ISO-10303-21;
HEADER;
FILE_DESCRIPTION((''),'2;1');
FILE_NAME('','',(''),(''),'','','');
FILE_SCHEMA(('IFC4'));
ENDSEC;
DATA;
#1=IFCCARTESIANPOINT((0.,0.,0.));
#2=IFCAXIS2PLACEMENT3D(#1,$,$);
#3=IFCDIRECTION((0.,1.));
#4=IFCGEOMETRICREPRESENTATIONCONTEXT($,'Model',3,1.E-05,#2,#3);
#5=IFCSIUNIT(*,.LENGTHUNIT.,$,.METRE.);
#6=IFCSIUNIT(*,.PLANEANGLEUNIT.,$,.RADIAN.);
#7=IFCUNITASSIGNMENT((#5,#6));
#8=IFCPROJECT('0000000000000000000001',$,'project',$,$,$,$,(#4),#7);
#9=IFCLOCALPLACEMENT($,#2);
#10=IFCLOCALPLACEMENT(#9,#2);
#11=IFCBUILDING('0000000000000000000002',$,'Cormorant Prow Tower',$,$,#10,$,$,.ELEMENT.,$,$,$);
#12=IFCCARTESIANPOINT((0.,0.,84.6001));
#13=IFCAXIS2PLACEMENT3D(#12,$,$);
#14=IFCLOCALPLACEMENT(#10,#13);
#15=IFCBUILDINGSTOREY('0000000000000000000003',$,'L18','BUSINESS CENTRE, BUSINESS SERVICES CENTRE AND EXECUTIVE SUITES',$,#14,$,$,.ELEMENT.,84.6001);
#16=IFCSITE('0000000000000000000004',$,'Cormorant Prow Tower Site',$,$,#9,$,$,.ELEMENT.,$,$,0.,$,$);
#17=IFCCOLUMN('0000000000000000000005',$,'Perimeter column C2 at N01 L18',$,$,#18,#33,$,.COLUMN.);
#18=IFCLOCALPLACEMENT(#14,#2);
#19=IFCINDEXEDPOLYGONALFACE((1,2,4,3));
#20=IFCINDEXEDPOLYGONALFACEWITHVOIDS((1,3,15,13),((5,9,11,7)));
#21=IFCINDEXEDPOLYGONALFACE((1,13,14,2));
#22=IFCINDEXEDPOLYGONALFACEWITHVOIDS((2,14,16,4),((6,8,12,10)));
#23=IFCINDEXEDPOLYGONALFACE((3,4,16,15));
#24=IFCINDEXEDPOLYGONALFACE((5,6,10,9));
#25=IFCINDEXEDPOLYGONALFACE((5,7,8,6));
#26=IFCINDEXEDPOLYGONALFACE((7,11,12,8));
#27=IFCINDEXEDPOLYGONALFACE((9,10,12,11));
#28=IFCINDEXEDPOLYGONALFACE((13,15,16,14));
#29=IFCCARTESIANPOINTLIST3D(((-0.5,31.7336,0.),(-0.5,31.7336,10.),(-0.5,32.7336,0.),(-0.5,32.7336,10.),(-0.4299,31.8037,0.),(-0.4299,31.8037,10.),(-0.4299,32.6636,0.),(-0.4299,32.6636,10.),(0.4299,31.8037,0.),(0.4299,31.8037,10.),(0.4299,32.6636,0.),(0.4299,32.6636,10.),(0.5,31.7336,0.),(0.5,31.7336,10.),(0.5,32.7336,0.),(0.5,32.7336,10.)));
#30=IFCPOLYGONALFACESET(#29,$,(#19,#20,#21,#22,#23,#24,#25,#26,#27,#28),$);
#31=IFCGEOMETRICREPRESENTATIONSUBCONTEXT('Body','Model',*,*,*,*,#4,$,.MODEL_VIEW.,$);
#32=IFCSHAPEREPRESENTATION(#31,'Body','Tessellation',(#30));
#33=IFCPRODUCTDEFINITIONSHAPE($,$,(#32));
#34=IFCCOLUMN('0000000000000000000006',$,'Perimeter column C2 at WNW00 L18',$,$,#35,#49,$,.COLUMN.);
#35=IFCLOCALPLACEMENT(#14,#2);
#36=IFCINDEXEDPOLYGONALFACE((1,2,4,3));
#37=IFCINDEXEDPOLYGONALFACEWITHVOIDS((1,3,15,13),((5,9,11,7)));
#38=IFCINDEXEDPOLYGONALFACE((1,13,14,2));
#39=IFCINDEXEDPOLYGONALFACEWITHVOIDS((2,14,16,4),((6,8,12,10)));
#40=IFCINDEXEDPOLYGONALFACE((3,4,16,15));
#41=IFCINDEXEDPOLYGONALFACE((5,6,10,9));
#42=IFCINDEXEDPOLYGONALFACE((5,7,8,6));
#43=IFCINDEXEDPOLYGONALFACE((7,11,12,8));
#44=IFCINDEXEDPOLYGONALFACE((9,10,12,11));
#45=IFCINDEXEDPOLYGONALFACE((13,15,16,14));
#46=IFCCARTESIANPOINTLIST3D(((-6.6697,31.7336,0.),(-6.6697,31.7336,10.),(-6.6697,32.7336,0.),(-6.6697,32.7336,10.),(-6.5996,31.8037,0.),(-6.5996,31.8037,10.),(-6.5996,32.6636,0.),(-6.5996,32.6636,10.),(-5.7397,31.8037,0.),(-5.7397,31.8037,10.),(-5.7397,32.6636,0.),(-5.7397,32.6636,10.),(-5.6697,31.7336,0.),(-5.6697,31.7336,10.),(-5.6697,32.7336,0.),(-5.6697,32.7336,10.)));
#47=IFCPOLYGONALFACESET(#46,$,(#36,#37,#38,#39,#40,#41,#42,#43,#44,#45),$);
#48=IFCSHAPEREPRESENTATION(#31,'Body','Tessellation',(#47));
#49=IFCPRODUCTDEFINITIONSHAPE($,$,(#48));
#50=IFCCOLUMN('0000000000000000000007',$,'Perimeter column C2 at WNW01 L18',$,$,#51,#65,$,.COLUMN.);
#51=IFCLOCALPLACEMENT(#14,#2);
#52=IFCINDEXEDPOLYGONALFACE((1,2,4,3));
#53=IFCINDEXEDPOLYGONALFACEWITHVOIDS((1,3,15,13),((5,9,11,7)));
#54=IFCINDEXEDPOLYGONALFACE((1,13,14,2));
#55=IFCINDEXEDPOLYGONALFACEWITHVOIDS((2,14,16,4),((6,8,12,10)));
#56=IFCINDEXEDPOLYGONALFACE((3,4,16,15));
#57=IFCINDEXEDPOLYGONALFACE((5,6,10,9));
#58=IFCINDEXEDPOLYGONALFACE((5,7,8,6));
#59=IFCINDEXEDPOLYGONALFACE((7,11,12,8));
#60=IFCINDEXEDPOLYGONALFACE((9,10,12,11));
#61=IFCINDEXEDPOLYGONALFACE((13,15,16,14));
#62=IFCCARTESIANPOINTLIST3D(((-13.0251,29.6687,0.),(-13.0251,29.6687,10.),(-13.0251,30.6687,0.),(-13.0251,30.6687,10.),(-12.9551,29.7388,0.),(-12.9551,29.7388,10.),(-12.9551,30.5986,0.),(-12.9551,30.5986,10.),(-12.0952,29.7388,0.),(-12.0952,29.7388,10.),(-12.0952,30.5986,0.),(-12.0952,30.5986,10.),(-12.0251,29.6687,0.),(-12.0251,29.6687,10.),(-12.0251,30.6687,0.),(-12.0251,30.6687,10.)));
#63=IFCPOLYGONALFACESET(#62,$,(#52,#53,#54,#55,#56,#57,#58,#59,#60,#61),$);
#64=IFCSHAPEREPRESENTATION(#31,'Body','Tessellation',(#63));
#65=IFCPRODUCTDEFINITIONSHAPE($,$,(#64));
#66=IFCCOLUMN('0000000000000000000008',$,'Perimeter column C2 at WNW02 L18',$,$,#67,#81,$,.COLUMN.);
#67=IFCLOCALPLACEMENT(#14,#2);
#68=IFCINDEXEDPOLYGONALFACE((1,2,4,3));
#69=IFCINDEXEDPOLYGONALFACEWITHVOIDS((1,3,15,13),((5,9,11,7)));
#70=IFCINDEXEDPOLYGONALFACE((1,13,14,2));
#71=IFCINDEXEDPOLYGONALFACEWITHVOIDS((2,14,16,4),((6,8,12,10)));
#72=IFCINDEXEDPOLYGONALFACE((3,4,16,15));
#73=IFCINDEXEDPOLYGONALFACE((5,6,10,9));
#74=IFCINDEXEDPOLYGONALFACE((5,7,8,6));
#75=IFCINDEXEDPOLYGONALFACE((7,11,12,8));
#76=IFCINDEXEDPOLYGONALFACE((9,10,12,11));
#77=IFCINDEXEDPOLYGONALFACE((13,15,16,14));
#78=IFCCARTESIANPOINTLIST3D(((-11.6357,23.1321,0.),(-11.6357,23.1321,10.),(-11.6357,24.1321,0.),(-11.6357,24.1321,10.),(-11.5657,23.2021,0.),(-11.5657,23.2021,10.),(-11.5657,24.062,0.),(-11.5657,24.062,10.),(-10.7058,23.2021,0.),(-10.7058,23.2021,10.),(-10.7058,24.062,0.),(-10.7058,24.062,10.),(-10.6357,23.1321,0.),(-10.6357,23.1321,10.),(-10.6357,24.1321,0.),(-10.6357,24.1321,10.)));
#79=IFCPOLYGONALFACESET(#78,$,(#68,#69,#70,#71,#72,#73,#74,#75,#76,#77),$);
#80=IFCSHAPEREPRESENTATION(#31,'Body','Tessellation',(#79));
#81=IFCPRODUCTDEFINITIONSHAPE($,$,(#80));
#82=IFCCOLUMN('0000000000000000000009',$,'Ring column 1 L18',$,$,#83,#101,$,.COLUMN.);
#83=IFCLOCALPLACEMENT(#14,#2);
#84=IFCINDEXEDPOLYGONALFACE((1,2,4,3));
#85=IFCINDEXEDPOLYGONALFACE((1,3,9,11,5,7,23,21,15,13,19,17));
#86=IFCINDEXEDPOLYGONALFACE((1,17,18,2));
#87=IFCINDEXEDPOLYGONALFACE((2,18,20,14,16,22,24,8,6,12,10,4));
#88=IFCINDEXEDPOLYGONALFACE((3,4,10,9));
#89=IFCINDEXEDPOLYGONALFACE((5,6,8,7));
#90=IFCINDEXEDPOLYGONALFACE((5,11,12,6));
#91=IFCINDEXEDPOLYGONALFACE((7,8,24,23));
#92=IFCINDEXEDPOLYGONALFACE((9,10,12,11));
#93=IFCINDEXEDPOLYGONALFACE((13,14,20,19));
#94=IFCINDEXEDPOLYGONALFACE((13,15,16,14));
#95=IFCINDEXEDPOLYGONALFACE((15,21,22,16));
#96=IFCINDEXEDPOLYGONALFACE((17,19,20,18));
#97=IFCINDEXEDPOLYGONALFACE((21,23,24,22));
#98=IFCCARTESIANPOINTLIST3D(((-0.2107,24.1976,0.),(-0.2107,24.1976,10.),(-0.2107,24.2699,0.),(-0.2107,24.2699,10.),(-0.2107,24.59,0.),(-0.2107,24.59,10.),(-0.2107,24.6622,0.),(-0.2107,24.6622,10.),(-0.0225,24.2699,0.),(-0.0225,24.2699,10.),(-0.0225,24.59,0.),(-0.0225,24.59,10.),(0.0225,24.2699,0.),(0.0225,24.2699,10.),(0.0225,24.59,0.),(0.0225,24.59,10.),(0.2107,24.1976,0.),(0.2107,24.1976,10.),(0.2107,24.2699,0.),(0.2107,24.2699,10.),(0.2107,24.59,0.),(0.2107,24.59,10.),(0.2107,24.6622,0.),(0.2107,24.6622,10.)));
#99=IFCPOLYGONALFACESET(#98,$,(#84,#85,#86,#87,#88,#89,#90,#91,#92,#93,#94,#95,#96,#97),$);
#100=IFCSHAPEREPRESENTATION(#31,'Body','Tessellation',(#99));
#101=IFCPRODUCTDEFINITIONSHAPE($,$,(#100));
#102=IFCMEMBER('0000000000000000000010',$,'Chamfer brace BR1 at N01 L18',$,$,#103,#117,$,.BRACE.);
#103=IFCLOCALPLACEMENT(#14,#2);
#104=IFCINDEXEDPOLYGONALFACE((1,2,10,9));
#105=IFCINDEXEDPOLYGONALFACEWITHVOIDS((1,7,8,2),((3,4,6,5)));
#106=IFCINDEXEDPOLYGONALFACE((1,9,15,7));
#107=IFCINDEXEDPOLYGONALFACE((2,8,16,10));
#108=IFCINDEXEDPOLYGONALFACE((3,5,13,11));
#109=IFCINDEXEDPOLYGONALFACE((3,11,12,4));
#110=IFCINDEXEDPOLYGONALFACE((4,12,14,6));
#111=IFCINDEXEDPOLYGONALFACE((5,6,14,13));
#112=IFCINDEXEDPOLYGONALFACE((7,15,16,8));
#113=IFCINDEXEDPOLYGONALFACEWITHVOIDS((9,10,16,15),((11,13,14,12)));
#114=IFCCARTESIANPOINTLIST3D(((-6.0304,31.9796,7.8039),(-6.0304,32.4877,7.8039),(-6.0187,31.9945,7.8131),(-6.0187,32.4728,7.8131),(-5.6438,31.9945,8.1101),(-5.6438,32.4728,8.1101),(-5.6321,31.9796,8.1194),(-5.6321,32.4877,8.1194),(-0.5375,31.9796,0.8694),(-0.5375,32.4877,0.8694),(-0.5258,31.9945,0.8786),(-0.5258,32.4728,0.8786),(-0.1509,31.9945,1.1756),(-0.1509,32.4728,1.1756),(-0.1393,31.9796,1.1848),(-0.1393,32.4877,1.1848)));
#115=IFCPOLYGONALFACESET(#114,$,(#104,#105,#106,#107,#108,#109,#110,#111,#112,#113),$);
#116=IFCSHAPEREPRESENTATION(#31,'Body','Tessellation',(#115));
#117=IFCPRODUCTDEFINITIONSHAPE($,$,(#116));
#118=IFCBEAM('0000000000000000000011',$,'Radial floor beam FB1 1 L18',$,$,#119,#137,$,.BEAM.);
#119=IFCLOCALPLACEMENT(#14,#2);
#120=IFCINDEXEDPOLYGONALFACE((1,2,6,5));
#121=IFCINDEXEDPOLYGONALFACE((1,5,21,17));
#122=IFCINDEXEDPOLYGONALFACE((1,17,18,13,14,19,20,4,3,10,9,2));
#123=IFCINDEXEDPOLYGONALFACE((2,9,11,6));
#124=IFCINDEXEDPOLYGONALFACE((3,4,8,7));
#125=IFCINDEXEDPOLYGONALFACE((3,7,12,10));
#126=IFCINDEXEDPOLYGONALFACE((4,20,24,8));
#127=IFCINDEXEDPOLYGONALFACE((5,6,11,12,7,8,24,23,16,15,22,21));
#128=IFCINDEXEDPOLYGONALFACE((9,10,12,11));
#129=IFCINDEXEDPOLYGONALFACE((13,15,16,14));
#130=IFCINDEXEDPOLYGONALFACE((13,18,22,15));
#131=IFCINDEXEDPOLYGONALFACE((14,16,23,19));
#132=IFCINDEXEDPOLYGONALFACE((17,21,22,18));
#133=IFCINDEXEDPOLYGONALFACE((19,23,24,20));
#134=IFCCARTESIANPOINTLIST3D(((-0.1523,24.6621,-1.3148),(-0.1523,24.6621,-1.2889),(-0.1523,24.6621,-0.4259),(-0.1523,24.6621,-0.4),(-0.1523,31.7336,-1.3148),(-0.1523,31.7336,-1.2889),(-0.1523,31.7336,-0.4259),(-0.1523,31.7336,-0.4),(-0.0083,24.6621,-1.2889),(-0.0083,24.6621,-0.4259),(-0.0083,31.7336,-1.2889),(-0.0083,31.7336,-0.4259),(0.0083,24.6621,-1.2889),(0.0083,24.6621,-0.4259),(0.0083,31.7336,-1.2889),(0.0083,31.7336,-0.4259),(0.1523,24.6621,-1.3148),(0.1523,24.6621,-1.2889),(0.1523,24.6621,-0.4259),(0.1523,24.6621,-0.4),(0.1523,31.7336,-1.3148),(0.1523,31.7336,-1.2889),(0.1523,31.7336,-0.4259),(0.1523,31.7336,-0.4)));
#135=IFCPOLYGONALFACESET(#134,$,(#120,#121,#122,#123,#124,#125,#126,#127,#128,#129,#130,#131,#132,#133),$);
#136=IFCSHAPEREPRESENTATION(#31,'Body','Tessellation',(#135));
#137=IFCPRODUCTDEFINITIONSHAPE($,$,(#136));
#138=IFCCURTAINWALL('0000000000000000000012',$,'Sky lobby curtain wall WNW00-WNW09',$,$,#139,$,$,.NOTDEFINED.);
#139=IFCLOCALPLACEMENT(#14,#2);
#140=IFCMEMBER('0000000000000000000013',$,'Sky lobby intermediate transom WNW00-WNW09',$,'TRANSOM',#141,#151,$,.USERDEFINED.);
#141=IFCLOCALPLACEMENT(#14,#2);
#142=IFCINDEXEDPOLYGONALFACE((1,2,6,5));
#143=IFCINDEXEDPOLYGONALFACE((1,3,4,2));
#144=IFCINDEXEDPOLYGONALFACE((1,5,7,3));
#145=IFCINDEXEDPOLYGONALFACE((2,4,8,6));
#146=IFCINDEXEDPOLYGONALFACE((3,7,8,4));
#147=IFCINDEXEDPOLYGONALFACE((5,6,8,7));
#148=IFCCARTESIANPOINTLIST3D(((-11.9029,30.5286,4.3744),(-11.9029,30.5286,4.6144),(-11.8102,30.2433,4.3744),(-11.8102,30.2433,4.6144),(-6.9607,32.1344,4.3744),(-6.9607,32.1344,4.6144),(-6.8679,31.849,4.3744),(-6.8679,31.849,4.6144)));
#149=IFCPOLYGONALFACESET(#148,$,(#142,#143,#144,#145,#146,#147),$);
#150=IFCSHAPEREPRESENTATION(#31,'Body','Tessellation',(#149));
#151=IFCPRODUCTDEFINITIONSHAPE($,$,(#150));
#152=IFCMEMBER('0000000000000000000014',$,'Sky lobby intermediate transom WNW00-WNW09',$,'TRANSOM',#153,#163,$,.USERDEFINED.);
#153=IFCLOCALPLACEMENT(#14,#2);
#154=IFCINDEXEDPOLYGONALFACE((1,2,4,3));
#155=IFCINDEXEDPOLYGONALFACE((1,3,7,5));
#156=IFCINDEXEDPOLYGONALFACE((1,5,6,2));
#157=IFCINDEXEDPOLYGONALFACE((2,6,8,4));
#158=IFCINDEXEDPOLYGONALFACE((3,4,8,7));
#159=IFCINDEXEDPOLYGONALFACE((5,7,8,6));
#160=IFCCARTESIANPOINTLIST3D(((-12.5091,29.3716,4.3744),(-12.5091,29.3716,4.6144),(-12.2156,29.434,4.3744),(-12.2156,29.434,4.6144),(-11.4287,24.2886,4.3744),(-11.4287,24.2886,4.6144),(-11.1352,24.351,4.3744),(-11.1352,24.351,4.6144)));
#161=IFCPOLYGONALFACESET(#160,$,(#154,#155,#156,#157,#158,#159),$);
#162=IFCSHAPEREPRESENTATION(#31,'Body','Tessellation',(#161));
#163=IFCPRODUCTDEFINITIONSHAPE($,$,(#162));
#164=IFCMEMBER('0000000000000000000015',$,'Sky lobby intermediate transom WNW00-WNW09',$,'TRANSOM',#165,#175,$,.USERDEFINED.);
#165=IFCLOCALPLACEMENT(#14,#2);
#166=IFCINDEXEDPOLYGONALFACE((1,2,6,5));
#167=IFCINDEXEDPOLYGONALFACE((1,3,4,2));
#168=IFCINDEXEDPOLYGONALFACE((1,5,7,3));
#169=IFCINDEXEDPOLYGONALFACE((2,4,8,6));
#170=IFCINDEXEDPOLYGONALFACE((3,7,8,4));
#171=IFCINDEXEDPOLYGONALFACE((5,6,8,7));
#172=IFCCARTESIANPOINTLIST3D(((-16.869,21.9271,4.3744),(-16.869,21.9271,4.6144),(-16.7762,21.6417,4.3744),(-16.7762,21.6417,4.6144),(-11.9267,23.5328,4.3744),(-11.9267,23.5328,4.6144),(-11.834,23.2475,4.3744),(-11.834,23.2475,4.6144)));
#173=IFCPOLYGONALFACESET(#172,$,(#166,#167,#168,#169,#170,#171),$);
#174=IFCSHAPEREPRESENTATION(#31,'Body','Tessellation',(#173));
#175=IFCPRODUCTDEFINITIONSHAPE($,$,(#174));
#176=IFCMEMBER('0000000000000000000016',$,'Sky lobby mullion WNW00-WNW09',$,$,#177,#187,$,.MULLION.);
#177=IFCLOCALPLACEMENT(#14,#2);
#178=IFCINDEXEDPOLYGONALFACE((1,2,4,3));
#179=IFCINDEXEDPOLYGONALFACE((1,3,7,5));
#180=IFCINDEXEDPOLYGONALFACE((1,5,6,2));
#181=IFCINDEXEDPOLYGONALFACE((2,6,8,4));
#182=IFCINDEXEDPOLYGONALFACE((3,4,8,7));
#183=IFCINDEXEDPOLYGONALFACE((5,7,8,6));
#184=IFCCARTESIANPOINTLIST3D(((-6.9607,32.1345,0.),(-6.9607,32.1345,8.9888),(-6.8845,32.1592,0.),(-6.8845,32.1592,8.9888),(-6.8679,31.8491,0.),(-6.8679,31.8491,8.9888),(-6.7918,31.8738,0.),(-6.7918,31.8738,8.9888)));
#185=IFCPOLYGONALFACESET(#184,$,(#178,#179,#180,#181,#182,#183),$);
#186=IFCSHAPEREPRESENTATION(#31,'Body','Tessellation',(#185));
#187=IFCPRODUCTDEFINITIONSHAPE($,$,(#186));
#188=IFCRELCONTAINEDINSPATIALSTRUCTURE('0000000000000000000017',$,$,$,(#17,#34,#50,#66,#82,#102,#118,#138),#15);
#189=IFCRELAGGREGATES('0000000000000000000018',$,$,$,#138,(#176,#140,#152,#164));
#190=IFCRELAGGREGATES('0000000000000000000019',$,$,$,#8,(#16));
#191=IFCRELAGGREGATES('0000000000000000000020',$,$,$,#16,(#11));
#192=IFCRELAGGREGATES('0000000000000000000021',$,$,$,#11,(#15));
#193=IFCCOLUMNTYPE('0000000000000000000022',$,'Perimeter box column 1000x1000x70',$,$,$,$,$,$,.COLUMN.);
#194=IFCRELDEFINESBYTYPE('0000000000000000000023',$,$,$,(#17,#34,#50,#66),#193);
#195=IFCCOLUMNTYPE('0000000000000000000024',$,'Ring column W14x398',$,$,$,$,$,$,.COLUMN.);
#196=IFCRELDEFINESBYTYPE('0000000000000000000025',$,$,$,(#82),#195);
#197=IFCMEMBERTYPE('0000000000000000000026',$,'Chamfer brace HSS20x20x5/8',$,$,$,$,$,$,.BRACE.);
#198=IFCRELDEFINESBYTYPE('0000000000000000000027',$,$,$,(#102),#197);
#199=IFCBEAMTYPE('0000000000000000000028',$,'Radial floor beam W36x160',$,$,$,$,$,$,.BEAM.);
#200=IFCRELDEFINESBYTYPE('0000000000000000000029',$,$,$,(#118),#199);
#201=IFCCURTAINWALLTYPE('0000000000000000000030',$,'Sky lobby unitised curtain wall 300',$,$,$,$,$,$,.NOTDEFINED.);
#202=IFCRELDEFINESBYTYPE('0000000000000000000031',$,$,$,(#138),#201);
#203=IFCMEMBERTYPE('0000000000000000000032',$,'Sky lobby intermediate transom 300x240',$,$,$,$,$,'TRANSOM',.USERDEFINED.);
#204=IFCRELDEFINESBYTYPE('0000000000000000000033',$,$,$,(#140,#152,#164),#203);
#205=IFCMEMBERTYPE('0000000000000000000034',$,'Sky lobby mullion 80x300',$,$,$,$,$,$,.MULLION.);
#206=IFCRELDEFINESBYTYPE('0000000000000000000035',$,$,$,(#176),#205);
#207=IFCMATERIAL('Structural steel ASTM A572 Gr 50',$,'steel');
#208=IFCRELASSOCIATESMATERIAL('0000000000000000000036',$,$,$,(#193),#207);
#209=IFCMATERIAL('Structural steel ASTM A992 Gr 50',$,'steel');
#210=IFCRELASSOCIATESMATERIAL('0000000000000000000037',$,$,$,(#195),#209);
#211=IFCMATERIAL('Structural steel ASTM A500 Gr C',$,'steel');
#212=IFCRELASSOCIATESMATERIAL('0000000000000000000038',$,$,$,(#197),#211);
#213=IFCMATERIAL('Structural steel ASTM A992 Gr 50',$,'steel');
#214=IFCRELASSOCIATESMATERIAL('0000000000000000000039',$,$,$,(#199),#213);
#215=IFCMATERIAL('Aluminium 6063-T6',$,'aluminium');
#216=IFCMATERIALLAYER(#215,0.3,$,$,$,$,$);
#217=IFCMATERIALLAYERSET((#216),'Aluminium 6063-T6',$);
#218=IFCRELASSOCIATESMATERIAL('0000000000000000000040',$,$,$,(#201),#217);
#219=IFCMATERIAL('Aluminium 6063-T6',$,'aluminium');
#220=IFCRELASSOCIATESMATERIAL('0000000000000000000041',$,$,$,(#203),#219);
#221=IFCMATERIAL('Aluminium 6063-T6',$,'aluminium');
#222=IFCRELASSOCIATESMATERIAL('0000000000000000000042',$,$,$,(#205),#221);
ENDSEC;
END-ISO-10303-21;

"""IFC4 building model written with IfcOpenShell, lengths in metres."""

from ifc_helpers import new_model, si_unit, direction, frame, origin, origin_2d, place, context, subcontext, project, spatial, rectangle, hollow_rectangle, i_section, extrude, material, layer, layer_set, material_profile, profile_set, type_object, element, aggregate, save


model = new_model("IFC4")

# Units and contexts
model_context = context("Model", 3, precision=1e-05, world=origin(), true_north=direction((0.0, 1.0)))
body_context = subcontext(model_context, "Body", "Model", "MODEL_VIEW")
ifc_project = project(units=[si_unit("LENGTHUNIT", "METRE"), si_unit("PLANEANGLEUNIT", "RADIAN")], contexts=[model_context])

# Site, building, storey
site_placement = place(None, origin())
site = spatial("IfcSite", under=ifc_project, at=site_placement, Name="Cormorant Prow Tower Site", CompositionType="ELEMENT", RefElevation=0.0)
building_placement = place(site_placement, origin())
building = spatial("IfcBuilding", under=site, at=building_placement, Name="Cormorant Prow Tower", CompositionType="ELEMENT")
storey_placement = place(building_placement, frame((0.0, 0.0, 84.6001)))
storey = spatial("IfcBuildingStorey", under=building, at=storey_placement, Name="L18", Description="BUSINESS CENTRE, BUSINESS SERVICES CENTRE AND EXECUTIVE SUITES", CompositionType="ELEMENT", Elevation=84.6001)

# Columns
ifc_material_1 = material(Name="Structural steel ASTM A572 Gr 50", Category="steel")
ifc_material_profile_1 = material_profile(ifc_material_1, hollow_rectangle(XDim=1.0, YDim=1.0, WallThickness=0.0701, at=origin_2d()), Name="Box 1000x1000x70")
ifc_profile_set_1 = profile_set([ifc_material_profile_1], Name="Structural steel ASTM A572 Gr 50")
column_type_1 = type_object("IfcColumnType", Name="Perimeter box column 1000x1000x70", PredefinedType="COLUMN", material=ifc_profile_set_1)
for number, where, z_axis, x_axis, name in (
    (1, (0.0, 32.2336, 0.0), (0.0, 0.0, 1.0), (1.0, 0.0, 0.0), "Perimeter column C2 at N01 L18"),
    (2, (-6.1697, 32.2336, 0.0), (0.0, 0.0, 1.0), (1.0, 0.0, 0.0), "Perimeter column C2 at WNW00 L18"),
    (3, (-12.5251, 30.1687, 0.0), (0.0, 0.0, 1.0), (1.0, 0.0, 0.0), "Perimeter column C2 at WNW01 L18"),
    (4, (-11.1357, 23.6321, 0.0), (0.0, 0.0, 1.0), (1.0, 0.0, 0.0), "Perimeter column C2 at WNW02 L18"),
):
    element("IfcColumn", number, at=place(storey_placement, frame(where, z_axis=z_axis, x_axis=x_axis)), inside=storey, type_object=column_type_1, Name=name, PredefinedType="COLUMN", context=body_context, shape_type="SweptSolid", body=[
        extrude(hollow_rectangle(XDim=1.0, YDim=1.0, WallThickness=0.0701, at=origin_2d()), origin(), (0.0, 0.0, 1.0), 10.0),
    ])
ifc_material_2 = material(Name="Structural steel ASTM A992 Gr 50", Category="steel")
ifc_material_profile_2 = material_profile(ifc_material_2, i_section(OverallWidth=0.4214, OverallDepth=0.4646, WebThickness=0.0449, FlangeThickness=0.0723, at=origin_2d()), Name="W14x398")
ifc_profile_set_2 = profile_set([ifc_material_profile_2], Name="Structural steel ASTM A992 Gr 50")
column_type_2 = type_object("IfcColumnType", Name="Ring column W14x398", PredefinedType="COLUMN", material=ifc_profile_set_2)
column_placement = place(storey_placement, frame((0.0, 24.4299, 0.0), z_axis=(0.0, 0.0, 1.0), x_axis=(1.0, 0.0, 0.0)))
element("IfcColumn", 5, at=column_placement, inside=storey, type_object=column_type_2, Name="Ring column 1 L18", PredefinedType="COLUMN", context=body_context, shape_type="SweptSolid", body=[
    extrude(i_section(OverallWidth=0.4214, OverallDepth=0.4646, WebThickness=0.0449, FlangeThickness=0.0723, at=origin_2d()), origin(), (0.0, 0.0, 1.0), 10.0),
])

# Member
ifc_material_3 = material(Name="Structural steel ASTM A500 Gr C", Category="steel")
ifc_material_profile_3 = material_profile(ifc_material_3, hollow_rectangle(XDim=0.5081, YDim=0.5081, WallThickness=0.0149, at=origin_2d()), Name="HSS20x20x5/8")
ifc_profile_set_3 = profile_set([ifc_material_profile_3], Name="Structural steel ASTM A500 Gr C")
member_type_1 = type_object("IfcMemberType", Name="Chamfer brace HSS20x20x5/8", PredefinedType="BRACE", material=ifc_profile_set_3)
member_1_placement = place(storey_placement, frame((-0.3384, 32.2336, 1.0271), z_axis=(-0.620915, 0.0, 0.783878), x_axis=(0.0, -1.0, 0.0)))
element("IfcMember", 6, at=member_1_placement, inside=storey, type_object=member_type_1, Name="Chamfer brace BR1 at N01 L18", PredefinedType="BRACE", context=body_context, shape_type="SweptSolid", body=[
    extrude(hollow_rectangle(XDim=0.5081, YDim=0.5081, WallThickness=0.0149, at=origin_2d()), origin(), (0.0, 0.0, 1.0), 8.8464),
])

# Beam
ifc_material_4 = material(Name="Structural steel ASTM A992 Gr 50", Category="steel")
ifc_material_profile_4 = material_profile(ifc_material_4, i_section(OverallWidth=0.3047, OverallDepth=0.9148, WebThickness=0.0166, FlangeThickness=0.0259, at=origin_2d()), Name="W36x160")
ifc_profile_set_4 = profile_set([ifc_material_profile_4], Name="Structural steel ASTM A992 Gr 50")
beam_type_1 = type_object("IfcBeamType", Name="Radial floor beam W36x160", PredefinedType="BEAM", material=ifc_profile_set_4)
beam_1_placement = place(storey_placement, frame((0.0, 24.6621, -0.8574), z_axis=(0.0, 1.0, 0.0), x_axis=(-1.0, 0.0, 0.0)))
element("IfcBeam", 7, at=beam_1_placement, inside=storey, type_object=beam_type_1, Name="Radial floor beam FB1 1 L18", PredefinedType="BEAM", context=body_context, shape_type="SweptSolid", body=[
    extrude(i_section(OverallWidth=0.3047, OverallDepth=0.9148, WebThickness=0.0166, FlangeThickness=0.0259, at=origin_2d()), origin(), (0.0, 0.0, 1.0), 7.0715),
])

# Curtain wall, members
ifc_material_5 = material(Name="Aluminium 6063-T6", Category="aluminium")
ifc_layer_1 = layer(ifc_material_5, 0.3)
ifc_layer_set_1 = layer_set([ifc_layer_1], Name="Aluminium 6063-T6")
curtain_wall_type = type_object("IfcCurtainWallType", Name="Sky lobby unitised curtain wall 300", PredefinedType="NOTDEFINED", material=ifc_layer_set_1)
curtain_wall_placement = place(storey_placement, origin())
curtain_wall = element("IfcCurtainWall", 8, at=curtain_wall_placement, inside=storey, type_object=curtain_wall_type, Name="Sky lobby curtain wall WNW00-WNW09", PredefinedType="NOTDEFINED")
ifc_material_6 = material(Name="Aluminium 6063-T6", Category="aluminium")
ifc_material_profile_5 = material_profile(ifc_material_6, rectangle(XDim=0.3, YDim=0.24, at=origin_2d()), Name="Sky lobby intermediate transom 300x240")
ifc_profile_set_5 = profile_set([ifc_material_profile_5], Name="Aluminium 6063-T6")
member_type_2 = type_object("IfcMemberType", Name="Sky lobby intermediate transom 300x240", ElementType="TRANSOM", PredefinedType="USERDEFINED", material=ifc_profile_set_5)
member_2_placement = place(storey_placement, frame((-6.9143, 31.9917, 4.4944), z_axis=(-0.951061, -0.309002, 0.0), x_axis=(0.309002, -0.951061, 0.0)))
member_2 = element("IfcMember", 9, at=member_2_placement, type_object=member_type_2, Name="Sky lobby intermediate transom WNW00-WNW09", ObjectType="TRANSOM", PredefinedType="USERDEFINED", context=body_context, shape_type="SweptSolid", body=[
    extrude(rectangle(XDim=0.3, YDim=0.24, at=origin_2d()), origin(), (0.0, 0.0, 1.0), 5.1965),
])
member_3_placement = place(storey_placement, frame((-12.3623, 29.4028, 4.4944), z_axis=(0.207892, -0.978152, 0.0), x_axis=(0.978152, 0.207892, 0.0)))
member_3 = element("IfcMember", 10, at=member_3_placement, type_object=member_type_2, Name="Sky lobby intermediate transom WNW00-WNW09", ObjectType="TRANSOM", PredefinedType="USERDEFINED", context=body_context, shape_type="SweptSolid", body=[
    extrude(rectangle(XDim=0.3, YDim=0.24, at=origin_2d()), origin(), (0.0, 0.0, 1.0), 5.1965),
])
member_4_placement = place(storey_placement, frame((-11.8804, 23.3901, 4.4944), z_axis=(-0.951061, -0.309002, 0.0), x_axis=(0.309002, -0.951061, 0.0)))
member_4 = element("IfcMember", 11, at=member_4_placement, type_object=member_type_2, Name="Sky lobby intermediate transom WNW00-WNW09", ObjectType="TRANSOM", PredefinedType="USERDEFINED", context=body_context, shape_type="SweptSolid", body=[
    extrude(rectangle(XDim=0.3, YDim=0.24, at=origin_2d()), origin(), (0.0, 0.0, 1.0), 5.1965),
])
ifc_material_7 = material(Name="Aluminium 6063-T6", Category="aluminium")
ifc_material_profile_6 = material_profile(ifc_material_7, rectangle(XDim=0.3, YDim=0.0801, at=origin_2d()), Name="Sky lobby mullion 80x300")
ifc_profile_set_6 = profile_set([ifc_material_profile_6], Name="Aluminium 6063-T6")
member_type_3 = type_object("IfcMemberType", Name="Sky lobby mullion 80x300", PredefinedType="MULLION", material=ifc_profile_set_6)
member_5_placement = place(storey_placement, frame((-6.8762, 32.0042, 0.0), z_axis=(0.0, 0.0, 1.0), x_axis=(0.309017, -0.951057, 0.0)))
member_5 = element("IfcMember", 12, at=member_5_placement, type_object=member_type_3, Name="Sky lobby mullion WNW00-WNW09", PredefinedType="MULLION", context=body_context, shape_type="SweptSolid", body=[
    extrude(rectangle(XDim=0.3, YDim=0.0801, at=origin_2d()), origin(), (0.0, 0.0, 1.0), 8.9888),
])

aggregate(curtain_wall, [member_5, member_2, member_3, member_4])

save(model, "model.ifc")
